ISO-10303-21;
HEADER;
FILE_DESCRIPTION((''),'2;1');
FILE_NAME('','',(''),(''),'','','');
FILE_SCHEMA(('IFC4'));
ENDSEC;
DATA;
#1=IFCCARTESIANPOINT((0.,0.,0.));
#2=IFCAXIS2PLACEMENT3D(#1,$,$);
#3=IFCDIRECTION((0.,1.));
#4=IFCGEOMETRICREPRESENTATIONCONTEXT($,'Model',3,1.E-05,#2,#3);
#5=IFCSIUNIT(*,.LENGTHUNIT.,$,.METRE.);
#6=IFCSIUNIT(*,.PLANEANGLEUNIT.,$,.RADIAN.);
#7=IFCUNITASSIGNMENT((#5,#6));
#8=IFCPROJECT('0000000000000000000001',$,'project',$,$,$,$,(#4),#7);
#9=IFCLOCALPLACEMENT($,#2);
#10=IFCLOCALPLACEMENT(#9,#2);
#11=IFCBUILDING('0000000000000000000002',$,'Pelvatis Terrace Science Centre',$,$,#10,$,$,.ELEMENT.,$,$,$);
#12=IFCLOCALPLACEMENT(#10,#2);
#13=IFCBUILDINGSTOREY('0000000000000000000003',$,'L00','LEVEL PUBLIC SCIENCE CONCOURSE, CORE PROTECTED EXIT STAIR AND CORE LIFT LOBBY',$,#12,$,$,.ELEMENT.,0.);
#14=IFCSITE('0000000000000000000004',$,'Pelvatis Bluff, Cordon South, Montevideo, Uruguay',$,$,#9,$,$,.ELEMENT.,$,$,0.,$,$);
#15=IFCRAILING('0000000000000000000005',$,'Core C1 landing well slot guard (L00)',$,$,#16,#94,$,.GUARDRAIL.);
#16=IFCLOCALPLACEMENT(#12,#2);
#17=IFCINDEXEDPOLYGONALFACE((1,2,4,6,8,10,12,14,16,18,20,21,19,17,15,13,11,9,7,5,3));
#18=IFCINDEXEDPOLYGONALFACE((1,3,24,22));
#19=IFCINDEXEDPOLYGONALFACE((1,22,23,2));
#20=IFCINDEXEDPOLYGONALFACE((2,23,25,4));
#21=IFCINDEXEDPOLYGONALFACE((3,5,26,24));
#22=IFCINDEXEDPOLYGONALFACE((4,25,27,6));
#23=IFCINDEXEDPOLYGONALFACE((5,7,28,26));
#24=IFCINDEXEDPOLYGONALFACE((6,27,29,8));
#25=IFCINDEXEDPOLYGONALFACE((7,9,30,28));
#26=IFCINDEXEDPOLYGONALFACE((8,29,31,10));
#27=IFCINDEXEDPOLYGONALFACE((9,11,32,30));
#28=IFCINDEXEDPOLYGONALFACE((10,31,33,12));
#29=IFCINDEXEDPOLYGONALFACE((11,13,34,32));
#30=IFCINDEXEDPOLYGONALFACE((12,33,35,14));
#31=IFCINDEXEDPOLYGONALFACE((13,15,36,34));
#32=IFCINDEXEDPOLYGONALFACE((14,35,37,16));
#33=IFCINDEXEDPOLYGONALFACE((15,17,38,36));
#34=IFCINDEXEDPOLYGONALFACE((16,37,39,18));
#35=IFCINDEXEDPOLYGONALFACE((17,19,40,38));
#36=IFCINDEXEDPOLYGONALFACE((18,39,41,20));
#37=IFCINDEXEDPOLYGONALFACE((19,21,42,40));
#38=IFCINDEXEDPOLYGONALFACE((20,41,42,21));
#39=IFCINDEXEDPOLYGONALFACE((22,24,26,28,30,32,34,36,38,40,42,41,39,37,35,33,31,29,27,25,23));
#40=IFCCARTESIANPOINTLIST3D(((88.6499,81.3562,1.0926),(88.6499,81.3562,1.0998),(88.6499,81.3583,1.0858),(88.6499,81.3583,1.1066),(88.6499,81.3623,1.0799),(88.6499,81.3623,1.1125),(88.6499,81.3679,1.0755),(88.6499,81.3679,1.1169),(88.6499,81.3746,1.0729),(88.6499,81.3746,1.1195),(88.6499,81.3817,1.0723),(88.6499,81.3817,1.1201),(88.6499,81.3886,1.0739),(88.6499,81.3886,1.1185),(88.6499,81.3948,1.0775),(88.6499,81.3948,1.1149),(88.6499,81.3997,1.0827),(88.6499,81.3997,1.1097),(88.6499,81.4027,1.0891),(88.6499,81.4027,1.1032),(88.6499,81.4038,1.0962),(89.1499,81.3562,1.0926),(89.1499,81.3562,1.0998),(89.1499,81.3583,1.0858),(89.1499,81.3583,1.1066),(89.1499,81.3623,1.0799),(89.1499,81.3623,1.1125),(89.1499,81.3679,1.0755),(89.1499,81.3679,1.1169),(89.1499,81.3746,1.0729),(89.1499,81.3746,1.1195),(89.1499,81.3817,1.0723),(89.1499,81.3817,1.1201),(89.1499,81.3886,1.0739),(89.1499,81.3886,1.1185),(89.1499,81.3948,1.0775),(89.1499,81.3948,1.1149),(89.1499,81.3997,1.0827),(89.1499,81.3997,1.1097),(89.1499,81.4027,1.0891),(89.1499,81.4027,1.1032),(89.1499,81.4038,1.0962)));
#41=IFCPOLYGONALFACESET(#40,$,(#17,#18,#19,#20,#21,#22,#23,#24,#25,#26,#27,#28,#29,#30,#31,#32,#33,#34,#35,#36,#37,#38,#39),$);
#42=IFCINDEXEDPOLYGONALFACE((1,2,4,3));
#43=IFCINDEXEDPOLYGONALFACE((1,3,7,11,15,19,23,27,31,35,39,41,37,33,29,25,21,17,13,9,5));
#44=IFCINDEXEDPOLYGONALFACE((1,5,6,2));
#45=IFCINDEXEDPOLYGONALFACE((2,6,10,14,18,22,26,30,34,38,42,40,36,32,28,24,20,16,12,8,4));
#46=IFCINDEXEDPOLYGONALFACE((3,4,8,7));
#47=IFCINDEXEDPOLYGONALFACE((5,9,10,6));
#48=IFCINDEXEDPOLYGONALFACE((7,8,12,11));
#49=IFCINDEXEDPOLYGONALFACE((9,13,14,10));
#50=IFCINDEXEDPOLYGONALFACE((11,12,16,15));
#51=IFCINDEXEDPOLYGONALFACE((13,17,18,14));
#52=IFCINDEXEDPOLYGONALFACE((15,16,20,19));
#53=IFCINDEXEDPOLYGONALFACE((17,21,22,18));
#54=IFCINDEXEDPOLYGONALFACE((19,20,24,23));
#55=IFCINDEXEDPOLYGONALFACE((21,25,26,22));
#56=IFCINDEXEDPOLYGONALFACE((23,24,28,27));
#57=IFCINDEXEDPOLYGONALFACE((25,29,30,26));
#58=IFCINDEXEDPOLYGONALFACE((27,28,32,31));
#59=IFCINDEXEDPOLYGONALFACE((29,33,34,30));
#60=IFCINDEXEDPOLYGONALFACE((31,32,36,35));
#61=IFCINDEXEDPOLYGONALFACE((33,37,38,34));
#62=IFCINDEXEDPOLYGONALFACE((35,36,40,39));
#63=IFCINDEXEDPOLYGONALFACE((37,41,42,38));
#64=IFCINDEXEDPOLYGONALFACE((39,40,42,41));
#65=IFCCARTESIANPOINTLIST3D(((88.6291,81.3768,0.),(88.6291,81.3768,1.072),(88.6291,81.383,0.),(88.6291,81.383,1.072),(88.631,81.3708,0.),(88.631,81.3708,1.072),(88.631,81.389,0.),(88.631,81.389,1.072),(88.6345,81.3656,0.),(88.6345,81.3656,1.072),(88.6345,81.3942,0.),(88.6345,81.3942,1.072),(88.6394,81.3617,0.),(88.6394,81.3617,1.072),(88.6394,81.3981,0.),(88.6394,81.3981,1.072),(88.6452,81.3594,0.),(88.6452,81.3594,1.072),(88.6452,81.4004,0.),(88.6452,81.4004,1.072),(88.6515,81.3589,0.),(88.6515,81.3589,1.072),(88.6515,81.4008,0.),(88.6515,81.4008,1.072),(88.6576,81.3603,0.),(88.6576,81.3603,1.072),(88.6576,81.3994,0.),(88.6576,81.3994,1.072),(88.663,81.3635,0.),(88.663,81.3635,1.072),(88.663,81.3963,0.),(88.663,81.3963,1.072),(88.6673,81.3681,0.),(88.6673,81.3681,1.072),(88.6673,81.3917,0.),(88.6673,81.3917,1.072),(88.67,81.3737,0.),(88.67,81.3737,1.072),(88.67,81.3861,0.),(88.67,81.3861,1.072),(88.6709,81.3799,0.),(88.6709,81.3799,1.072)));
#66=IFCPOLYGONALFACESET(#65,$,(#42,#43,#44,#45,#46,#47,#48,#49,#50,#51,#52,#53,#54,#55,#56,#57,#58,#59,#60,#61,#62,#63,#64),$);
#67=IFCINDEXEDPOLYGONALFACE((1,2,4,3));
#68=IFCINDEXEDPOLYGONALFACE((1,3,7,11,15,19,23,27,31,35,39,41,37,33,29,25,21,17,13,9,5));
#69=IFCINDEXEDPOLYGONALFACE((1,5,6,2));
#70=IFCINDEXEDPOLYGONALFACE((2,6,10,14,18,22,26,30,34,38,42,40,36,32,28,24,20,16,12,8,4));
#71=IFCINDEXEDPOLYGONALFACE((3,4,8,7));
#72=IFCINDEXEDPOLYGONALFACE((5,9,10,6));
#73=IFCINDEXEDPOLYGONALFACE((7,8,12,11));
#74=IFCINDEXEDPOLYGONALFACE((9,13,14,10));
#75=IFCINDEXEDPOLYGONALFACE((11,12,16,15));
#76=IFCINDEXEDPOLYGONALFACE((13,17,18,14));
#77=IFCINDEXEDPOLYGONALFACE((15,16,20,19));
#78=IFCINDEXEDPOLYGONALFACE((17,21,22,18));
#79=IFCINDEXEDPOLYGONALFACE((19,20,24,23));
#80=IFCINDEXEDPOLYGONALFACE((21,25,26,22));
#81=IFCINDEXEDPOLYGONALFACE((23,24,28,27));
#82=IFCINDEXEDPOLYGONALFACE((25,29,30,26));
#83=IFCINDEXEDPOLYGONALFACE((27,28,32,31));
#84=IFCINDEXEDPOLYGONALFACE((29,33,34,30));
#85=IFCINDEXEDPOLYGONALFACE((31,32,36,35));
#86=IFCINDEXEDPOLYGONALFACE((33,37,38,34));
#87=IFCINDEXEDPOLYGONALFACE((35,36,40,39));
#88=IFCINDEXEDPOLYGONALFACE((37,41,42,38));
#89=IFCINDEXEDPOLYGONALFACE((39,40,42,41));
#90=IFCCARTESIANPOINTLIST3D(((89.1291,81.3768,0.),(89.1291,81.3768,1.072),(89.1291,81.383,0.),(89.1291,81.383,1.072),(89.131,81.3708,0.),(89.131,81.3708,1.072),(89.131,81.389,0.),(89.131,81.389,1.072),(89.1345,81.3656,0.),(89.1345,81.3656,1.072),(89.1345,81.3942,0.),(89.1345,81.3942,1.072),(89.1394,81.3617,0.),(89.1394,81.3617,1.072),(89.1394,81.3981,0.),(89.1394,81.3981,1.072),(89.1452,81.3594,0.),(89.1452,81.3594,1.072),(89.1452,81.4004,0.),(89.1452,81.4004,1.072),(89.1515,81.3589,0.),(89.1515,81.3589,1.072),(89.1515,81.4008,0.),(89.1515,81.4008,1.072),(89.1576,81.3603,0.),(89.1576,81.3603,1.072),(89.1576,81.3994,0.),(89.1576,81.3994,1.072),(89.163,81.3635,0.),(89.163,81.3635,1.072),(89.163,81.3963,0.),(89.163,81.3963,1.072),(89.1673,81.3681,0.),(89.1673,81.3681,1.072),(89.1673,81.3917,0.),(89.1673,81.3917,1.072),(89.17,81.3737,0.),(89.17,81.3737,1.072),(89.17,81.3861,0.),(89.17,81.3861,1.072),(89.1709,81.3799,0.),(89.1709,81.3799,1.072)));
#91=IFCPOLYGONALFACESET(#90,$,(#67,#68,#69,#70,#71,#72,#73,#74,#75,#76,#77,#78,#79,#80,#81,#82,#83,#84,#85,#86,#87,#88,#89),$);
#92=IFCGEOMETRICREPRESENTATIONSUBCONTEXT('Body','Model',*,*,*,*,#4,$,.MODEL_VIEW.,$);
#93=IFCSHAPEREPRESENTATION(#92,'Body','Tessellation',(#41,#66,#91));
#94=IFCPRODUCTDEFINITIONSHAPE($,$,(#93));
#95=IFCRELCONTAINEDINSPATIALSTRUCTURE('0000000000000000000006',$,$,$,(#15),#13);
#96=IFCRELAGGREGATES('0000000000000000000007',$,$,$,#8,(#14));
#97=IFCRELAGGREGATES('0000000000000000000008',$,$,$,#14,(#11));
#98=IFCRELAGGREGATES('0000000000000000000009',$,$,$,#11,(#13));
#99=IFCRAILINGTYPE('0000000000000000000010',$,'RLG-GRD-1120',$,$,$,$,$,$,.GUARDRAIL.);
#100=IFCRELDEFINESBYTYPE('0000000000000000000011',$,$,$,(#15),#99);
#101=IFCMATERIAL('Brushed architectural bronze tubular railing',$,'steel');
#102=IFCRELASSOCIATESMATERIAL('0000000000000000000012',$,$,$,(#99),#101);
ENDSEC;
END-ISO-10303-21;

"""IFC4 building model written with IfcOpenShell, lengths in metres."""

from ifc_helpers import new_model, si_unit, direction, frame, origin, origin_2d, place, context, subcontext, project, spatial, circle, extrude, material, type_object, element, save


model = new_model("IFC4")

# Units and contexts
model_context = context("Model", 3, precision=1e-05, world=origin(), true_north=direction((0.0, 1.0)))
body_context = subcontext(model_context, "Body", "Model", "MODEL_VIEW")
ifc_project = project(units=[si_unit("LENGTHUNIT", "METRE"), si_unit("PLANEANGLEUNIT", "RADIAN")], contexts=[model_context])

# Site, building, storey
site_placement = place(None, origin())
site = spatial("IfcSite", under=ifc_project, at=site_placement, Name="Pelvatis Bluff, Cordon South, Montevideo, Uruguay", CompositionType="ELEMENT", RefElevation=0.0)
building_placement = place(site_placement, origin())
building = spatial("IfcBuilding", under=site, at=building_placement, Name="Pelvatis Terrace Science Centre", CompositionType="ELEMENT")
storey_placement = place(building_placement, origin())
storey = spatial("IfcBuildingStorey", under=building, at=storey_placement, Name="L00", Description="LEVEL PUBLIC SCIENCE CONCOURSE, CORE PROTECTED EXIT STAIR AND CORE LIFT LOBBY", CompositionType="ELEMENT", Elevation=0.0)

# Railing
ifc_material_1 = material(Name="Brushed architectural bronze tubular railing", Category="steel")
railing_type_1 = type_object("IfcRailingType", Name="RLG-GRD-1120", PredefinedType="GUARDRAIL", material=ifc_material_1)
railing_1_placement = place(storey_placement, frame((88.6499, 81.3799, 0.0)))
element("IfcRailing", 1, at=railing_1_placement, inside=storey, type_object=railing_type_1, Name="Core C1 landing well slot guard (L00)", PredefinedType="GUARDRAIL", context=body_context, shape_type="SweptSolid", body=[
    extrude(circle(Radius=0.0239, at=origin_2d()), frame((0.0, 0.0, 1.0962), z_axis=(1.0, 0.0, 0.0), x_axis=(0.0, 1.0, 0.0)), (0.0, 0.0, 1.0), 0.5),
    extrude(circle(Radius=0.021, at=origin_2d()), origin(), (0.0, 0.0, 1.0), 1.072),
    extrude(circle(Radius=0.021, at=origin_2d()), frame((0.5, 0.0, 0.0)), (0.0, 0.0, 1.0), 1.072),
])

save(model, "model.ifc")
